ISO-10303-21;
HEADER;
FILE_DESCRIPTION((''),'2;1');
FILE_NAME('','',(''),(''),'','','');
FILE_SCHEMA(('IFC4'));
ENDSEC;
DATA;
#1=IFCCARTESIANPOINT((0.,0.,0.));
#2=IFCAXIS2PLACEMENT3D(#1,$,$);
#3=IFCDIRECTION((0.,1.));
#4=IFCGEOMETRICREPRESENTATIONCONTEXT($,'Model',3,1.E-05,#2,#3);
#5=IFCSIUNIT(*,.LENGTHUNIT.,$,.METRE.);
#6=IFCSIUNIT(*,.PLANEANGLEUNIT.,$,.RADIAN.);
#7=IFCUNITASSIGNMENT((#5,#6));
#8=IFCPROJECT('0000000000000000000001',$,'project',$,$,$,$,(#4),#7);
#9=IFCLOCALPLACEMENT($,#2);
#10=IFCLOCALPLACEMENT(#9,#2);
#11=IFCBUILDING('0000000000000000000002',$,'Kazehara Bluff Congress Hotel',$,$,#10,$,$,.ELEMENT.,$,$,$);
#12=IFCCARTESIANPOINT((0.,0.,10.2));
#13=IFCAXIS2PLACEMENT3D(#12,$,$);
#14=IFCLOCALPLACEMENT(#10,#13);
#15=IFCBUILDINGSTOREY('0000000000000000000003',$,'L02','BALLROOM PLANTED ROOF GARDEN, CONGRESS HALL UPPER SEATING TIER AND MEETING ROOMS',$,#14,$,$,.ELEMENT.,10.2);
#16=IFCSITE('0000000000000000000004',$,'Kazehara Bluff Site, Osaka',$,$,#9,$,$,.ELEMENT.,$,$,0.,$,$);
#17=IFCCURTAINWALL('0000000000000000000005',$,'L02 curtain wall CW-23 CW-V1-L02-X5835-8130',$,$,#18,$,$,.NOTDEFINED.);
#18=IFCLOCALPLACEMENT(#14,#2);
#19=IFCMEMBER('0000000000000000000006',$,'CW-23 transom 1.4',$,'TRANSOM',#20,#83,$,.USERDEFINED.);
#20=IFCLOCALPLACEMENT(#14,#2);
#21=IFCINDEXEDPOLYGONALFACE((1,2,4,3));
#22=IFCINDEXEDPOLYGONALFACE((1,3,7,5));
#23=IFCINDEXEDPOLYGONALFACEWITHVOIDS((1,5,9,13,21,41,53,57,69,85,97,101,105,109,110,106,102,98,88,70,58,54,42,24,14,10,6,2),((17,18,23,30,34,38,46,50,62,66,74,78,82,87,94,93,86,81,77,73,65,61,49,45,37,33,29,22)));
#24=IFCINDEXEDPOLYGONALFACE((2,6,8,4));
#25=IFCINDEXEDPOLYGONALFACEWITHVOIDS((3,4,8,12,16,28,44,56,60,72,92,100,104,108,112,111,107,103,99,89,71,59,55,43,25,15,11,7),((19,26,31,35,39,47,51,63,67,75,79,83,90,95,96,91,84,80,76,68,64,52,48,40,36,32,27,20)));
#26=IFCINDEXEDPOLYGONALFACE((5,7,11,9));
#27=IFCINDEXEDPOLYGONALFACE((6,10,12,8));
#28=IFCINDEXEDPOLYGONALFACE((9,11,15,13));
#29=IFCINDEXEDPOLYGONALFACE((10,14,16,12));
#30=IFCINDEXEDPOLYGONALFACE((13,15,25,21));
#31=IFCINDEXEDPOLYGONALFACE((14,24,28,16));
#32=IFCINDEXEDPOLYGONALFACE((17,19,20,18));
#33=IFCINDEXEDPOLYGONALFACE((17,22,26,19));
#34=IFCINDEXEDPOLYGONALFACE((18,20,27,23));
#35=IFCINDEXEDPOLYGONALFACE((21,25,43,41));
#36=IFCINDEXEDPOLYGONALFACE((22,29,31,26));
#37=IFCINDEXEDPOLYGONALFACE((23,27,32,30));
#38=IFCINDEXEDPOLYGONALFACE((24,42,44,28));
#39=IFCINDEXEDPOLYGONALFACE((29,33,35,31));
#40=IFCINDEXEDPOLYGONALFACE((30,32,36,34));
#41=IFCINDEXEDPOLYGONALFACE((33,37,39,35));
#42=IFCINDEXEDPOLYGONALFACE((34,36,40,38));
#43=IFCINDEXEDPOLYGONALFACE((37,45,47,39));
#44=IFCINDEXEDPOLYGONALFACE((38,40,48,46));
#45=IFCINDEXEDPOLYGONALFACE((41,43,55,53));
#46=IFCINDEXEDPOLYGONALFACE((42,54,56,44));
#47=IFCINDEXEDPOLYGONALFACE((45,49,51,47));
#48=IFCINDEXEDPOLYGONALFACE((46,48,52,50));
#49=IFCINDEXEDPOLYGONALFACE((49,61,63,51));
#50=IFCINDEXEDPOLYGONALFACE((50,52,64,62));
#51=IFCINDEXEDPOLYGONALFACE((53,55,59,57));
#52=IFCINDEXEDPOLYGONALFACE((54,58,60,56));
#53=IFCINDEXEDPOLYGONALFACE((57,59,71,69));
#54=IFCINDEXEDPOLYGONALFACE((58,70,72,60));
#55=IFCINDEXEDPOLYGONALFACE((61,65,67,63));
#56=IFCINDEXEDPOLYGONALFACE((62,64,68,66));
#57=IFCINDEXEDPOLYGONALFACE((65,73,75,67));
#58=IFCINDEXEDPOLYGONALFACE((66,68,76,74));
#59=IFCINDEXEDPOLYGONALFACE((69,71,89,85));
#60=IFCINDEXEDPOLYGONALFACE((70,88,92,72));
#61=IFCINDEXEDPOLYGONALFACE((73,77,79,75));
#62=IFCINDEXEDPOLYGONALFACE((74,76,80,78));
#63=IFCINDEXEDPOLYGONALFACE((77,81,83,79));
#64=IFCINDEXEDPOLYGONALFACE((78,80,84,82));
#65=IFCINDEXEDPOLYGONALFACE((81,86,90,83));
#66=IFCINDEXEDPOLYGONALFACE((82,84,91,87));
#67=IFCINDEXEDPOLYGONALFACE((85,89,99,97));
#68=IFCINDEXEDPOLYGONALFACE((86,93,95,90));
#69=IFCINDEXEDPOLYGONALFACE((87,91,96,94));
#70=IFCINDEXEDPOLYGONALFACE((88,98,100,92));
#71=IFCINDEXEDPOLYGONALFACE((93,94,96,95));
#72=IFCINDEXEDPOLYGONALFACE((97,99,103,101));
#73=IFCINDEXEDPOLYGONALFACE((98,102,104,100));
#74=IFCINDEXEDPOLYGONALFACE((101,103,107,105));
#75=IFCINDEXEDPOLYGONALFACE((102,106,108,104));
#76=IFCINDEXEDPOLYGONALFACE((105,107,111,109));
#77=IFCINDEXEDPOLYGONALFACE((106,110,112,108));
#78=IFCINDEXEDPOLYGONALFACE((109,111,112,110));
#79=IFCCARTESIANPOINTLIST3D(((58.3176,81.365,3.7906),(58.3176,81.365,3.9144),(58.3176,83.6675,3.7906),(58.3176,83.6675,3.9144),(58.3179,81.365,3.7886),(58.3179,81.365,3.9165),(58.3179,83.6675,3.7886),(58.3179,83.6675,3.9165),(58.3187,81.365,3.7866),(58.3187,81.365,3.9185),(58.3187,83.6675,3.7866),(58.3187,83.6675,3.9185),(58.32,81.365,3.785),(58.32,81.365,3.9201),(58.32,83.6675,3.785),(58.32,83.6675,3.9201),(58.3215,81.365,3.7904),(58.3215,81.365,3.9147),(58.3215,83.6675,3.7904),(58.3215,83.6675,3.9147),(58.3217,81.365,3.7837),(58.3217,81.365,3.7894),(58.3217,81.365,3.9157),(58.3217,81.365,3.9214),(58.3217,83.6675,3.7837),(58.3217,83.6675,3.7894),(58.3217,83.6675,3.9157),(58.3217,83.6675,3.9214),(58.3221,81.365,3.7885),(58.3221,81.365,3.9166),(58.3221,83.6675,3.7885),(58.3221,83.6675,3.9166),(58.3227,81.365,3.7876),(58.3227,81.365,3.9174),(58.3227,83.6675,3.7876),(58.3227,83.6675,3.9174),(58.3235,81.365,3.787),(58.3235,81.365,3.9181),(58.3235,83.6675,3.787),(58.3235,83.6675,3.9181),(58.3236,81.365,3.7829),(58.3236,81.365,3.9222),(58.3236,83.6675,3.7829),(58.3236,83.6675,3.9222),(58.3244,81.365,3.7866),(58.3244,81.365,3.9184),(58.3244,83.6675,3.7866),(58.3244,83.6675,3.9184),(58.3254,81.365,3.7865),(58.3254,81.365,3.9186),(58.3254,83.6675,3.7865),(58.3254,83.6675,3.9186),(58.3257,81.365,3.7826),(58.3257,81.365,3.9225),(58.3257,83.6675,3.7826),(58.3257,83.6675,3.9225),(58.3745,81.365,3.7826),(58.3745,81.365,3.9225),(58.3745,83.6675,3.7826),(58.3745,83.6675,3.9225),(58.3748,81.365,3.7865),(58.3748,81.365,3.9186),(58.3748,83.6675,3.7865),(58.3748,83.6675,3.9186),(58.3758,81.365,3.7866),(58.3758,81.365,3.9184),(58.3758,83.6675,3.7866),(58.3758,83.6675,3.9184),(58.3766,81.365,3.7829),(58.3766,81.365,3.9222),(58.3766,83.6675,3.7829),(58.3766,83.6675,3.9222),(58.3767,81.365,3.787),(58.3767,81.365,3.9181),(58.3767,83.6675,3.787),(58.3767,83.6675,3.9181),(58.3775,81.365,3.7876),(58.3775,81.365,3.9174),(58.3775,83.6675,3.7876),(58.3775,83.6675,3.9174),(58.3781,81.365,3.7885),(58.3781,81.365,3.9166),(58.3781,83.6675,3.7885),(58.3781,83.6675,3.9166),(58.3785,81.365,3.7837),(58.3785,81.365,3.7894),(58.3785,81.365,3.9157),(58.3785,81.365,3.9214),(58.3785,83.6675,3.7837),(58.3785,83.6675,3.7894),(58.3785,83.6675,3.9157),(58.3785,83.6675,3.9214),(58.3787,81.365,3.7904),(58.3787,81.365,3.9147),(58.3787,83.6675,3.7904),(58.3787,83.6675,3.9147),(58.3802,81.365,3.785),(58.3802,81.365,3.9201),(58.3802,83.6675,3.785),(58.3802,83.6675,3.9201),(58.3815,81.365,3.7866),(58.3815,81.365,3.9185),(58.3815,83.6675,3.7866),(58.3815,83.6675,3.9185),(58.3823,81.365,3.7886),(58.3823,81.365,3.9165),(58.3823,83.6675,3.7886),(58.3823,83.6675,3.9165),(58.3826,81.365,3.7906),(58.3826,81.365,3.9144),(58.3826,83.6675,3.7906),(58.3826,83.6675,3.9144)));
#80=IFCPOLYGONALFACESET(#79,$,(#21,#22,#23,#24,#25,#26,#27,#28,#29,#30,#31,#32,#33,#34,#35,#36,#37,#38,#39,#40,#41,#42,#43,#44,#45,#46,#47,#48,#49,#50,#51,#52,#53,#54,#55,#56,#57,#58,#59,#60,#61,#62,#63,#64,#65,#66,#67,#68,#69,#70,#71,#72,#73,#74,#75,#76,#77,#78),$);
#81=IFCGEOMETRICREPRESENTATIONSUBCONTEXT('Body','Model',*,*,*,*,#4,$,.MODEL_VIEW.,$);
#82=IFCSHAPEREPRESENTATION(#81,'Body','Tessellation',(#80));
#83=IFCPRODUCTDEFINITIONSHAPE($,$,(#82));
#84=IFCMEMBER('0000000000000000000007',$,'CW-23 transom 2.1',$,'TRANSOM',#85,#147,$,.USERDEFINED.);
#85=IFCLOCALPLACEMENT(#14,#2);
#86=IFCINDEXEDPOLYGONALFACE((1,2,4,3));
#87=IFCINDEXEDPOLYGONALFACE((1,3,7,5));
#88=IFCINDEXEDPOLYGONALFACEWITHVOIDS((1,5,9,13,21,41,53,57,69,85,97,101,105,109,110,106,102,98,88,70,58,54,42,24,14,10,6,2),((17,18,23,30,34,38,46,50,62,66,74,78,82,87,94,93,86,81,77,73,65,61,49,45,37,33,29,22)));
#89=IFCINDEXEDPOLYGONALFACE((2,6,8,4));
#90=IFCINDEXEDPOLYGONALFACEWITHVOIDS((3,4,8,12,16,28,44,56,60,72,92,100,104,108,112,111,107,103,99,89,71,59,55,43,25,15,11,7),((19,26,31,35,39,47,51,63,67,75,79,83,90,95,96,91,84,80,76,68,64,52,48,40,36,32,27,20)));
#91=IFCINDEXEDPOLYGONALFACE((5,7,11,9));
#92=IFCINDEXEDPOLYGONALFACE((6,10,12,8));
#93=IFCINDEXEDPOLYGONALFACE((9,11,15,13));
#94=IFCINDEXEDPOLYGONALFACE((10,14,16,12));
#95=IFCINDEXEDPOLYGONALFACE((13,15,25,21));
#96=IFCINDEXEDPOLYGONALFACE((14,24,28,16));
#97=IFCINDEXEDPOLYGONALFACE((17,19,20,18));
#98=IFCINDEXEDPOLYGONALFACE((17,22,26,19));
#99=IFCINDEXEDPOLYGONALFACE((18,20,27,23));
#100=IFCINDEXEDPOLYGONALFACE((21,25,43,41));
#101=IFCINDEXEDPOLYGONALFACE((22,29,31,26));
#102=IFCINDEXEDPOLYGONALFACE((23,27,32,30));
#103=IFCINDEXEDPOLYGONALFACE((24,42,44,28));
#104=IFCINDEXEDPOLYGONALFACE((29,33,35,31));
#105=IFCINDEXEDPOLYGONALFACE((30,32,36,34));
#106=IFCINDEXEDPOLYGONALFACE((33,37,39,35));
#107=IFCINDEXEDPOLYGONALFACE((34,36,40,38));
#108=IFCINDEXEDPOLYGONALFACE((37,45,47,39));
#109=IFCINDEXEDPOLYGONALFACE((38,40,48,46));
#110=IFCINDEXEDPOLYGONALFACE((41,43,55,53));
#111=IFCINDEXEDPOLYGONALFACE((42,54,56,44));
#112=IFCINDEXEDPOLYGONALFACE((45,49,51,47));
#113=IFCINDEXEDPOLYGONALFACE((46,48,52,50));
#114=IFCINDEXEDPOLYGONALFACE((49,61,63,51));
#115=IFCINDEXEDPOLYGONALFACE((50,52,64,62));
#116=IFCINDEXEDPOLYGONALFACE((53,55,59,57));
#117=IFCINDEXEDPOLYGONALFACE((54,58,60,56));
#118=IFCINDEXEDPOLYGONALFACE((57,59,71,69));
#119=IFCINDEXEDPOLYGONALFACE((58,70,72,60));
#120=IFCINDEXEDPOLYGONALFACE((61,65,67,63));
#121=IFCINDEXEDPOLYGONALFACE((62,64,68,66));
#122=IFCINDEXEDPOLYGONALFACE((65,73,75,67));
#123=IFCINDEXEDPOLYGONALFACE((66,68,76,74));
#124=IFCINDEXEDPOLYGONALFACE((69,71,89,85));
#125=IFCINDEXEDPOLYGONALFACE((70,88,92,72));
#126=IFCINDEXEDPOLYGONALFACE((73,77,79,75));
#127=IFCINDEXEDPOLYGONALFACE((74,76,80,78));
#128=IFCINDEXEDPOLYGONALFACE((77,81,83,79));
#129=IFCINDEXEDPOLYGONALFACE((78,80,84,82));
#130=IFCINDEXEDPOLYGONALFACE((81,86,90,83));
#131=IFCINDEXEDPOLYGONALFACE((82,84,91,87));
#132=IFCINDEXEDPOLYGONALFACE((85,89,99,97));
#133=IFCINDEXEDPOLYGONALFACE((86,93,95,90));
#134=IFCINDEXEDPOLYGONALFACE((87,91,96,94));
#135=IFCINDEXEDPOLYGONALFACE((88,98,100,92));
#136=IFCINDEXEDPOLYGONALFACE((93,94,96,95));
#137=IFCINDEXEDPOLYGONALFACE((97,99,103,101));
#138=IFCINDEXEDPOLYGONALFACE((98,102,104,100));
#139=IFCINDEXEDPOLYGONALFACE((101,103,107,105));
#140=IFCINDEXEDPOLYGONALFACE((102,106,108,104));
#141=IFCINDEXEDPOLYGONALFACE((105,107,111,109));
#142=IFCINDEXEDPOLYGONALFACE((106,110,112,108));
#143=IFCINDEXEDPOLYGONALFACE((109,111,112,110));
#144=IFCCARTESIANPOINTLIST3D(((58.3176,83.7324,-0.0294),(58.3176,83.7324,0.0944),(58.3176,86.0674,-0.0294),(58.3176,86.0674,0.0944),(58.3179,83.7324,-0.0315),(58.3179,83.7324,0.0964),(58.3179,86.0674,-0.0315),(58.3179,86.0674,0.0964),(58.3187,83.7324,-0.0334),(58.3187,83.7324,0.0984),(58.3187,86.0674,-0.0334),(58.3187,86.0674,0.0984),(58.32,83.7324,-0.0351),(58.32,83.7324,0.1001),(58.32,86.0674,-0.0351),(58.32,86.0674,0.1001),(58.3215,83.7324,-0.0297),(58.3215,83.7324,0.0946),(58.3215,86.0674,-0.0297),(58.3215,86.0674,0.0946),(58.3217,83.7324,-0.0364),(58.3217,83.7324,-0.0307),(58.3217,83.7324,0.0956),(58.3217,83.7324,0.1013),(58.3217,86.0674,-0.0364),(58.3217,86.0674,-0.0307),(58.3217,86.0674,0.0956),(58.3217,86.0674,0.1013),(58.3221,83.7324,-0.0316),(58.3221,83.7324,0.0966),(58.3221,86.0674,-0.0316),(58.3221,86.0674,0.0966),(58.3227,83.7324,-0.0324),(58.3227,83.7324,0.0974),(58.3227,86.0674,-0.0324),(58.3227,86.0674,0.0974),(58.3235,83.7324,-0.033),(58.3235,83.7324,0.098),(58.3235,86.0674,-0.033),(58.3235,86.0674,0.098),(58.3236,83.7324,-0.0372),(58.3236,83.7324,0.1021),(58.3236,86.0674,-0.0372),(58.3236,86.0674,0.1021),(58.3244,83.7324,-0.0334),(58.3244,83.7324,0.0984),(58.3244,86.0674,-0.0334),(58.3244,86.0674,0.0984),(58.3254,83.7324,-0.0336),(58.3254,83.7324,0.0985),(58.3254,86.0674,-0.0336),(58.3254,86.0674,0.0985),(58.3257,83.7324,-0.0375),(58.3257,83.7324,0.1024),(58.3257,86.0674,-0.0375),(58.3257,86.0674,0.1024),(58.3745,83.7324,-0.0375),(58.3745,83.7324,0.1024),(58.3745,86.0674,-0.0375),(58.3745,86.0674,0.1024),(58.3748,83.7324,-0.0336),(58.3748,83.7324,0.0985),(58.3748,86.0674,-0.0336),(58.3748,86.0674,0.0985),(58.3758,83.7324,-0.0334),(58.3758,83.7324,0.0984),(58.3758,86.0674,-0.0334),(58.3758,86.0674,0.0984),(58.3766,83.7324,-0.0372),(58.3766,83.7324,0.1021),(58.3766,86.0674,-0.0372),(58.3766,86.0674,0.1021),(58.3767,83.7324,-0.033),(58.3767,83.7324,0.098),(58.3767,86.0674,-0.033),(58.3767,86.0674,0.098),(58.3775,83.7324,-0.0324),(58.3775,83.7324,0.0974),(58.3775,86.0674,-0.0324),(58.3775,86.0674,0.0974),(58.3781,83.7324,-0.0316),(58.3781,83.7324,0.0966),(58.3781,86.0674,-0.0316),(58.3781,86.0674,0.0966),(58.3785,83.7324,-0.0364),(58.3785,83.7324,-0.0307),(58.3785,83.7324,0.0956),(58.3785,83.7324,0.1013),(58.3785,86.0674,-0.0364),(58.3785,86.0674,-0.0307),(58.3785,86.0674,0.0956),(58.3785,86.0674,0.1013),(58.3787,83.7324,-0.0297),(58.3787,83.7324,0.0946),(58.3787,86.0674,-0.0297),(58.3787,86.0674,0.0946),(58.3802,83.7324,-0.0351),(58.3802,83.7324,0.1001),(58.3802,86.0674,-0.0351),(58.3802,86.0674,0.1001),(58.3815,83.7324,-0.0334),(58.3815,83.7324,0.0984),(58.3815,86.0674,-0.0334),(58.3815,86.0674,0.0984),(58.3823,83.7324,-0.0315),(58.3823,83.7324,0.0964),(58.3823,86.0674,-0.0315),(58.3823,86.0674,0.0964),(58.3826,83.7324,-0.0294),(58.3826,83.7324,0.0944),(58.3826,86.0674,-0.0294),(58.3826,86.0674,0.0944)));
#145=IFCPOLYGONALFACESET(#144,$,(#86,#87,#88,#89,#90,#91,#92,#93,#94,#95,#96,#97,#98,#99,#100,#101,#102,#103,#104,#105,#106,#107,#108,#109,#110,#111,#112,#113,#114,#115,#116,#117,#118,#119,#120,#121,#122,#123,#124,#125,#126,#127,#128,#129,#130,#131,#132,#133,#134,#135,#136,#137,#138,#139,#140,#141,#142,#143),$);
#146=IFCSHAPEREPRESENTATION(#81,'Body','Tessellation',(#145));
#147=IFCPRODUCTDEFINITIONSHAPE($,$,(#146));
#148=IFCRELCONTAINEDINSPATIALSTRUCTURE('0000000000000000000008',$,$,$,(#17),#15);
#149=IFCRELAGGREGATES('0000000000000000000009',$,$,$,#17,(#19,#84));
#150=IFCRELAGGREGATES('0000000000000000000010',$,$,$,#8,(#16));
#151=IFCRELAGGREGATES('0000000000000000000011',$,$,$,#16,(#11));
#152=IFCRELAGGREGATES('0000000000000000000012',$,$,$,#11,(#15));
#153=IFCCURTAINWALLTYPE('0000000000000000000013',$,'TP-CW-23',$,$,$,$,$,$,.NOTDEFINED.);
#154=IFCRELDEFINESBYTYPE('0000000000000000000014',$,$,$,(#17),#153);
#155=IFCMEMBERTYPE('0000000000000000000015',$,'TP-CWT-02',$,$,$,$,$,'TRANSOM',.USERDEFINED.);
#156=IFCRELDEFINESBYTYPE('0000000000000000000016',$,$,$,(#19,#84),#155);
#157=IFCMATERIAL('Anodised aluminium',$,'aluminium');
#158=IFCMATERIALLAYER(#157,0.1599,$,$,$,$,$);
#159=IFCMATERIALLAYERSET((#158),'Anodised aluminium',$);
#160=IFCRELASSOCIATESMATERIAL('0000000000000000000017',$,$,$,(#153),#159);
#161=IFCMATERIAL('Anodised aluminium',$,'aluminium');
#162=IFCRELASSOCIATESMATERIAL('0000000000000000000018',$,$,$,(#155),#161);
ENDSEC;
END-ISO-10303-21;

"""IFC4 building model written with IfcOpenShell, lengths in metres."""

from ifc_helpers import new_model, si_unit, direction, frame, origin, origin_2d, place, context, subcontext, project, spatial, hollow_rectangle, extrude, material, layer, layer_set, material_profile, profile_set, type_object, element, aggregate, save


model = new_model("IFC4")

# Units and contexts
model_context = context("Model", 3, precision=1e-05, world=origin(), true_north=direction((0.0, 1.0)))
body_context = subcontext(model_context, "Body", "Model", "MODEL_VIEW")
ifc_project = project(units=[si_unit("LENGTHUNIT", "METRE"), si_unit("PLANEANGLEUNIT", "RADIAN")], contexts=[model_context])

# Site, building, storey
site_placement = place(None, origin())
site = spatial("IfcSite", under=ifc_project, at=site_placement, Name="Kazehara Bluff Site, Osaka", CompositionType="ELEMENT", RefElevation=0.0)
building_placement = place(site_placement, origin())
building = spatial("IfcBuilding", under=site, at=building_placement, Name="Kazehara Bluff Congress Hotel", CompositionType="ELEMENT")
storey_placement = place(building_placement, frame((0.0, 0.0, 10.2)))
storey = spatial("IfcBuildingStorey", under=building, at=storey_placement, Name="L02", Description="BALLROOM PLANTED ROOF GARDEN, CONGRESS HALL UPPER SEATING TIER AND MEETING ROOMS", CompositionType="ELEMENT", Elevation=10.2)

# Curtain wall
ifc_material_1 = material(Name="Anodised aluminium", Category="aluminium")
ifc_layer_1 = layer(ifc_material_1, 0.1599)
ifc_layer_set_1 = layer_set([ifc_layer_1], Name="Anodised aluminium")
curtain_wall_type_1 = type_object("IfcCurtainWallType", Name="TP-CW-23", PredefinedType="NOTDEFINED", material=ifc_layer_set_1)
curtain_wall_1_placement = place(storey_placement, origin())
curtain_wall_1 = element("IfcCurtainWall", 1, at=curtain_wall_1_placement, inside=storey, type_object=curtain_wall_type_1, Name="L02 curtain wall CW-23 CW-V1-L02-X5835-8130", PredefinedType="NOTDEFINED")

# Members
ifc_material_2 = material(Name="Anodised aluminium", Category="aluminium")
ifc_material_profile_1 = material_profile(ifc_material_2, hollow_rectangle(XDim=0.0649, YDim=0.1399, WallThickness=0.0039, InnerFilletRadius=0.0039, OuterFilletRadius=0.0081, at=origin_2d()))
ifc_profile_set_1 = profile_set([ifc_material_profile_1], Name="Anodised aluminium")
member_type_1 = type_object("IfcMemberType", Name="TP-CWT-02", ElementType="TRANSOM", PredefinedType="USERDEFINED", material=ifc_profile_set_1)
member_1_placement = place(storey_placement, frame((58.3501, 81.365, 3.8525), z_axis=(0.0, 1.0, 0.0), x_axis=(-1.0, 0.0, 0.0)))
member_1 = element("IfcMember", 2, at=member_1_placement, type_object=member_type_1, Name="CW-23 transom 1.4", ObjectType="TRANSOM", PredefinedType="USERDEFINED", context=body_context, shape_type="SweptSolid", body=[
    extrude(hollow_rectangle(XDim=0.0649, YDim=0.1399, WallThickness=0.0039, InnerFilletRadius=0.0039, OuterFilletRadius=0.0081, at=origin_2d()), origin(), (0.0, 0.0, 1.0), 2.3025),
])
member_2_placement = place(storey_placement, frame((58.3501, 83.7324, 0.0325), z_axis=(0.0, 1.0, 0.0), x_axis=(-1.0, 0.0, 0.0)))
member_2 = element("IfcMember", 3, at=member_2_placement, type_object=member_type_1, Name="CW-23 transom 2.1", ObjectType="TRANSOM", PredefinedType="USERDEFINED", context=body_context, shape_type="SweptSolid", body=[
    extrude(hollow_rectangle(XDim=0.0649, YDim=0.1399, WallThickness=0.0039, InnerFilletRadius=0.0039, OuterFilletRadius=0.0081, at=origin_2d()), origin(), (0.0, 0.0, 1.0), 2.335),
])

aggregate(curtain_wall_1, [member_1, member_2])

save(model, "model.ifc")
